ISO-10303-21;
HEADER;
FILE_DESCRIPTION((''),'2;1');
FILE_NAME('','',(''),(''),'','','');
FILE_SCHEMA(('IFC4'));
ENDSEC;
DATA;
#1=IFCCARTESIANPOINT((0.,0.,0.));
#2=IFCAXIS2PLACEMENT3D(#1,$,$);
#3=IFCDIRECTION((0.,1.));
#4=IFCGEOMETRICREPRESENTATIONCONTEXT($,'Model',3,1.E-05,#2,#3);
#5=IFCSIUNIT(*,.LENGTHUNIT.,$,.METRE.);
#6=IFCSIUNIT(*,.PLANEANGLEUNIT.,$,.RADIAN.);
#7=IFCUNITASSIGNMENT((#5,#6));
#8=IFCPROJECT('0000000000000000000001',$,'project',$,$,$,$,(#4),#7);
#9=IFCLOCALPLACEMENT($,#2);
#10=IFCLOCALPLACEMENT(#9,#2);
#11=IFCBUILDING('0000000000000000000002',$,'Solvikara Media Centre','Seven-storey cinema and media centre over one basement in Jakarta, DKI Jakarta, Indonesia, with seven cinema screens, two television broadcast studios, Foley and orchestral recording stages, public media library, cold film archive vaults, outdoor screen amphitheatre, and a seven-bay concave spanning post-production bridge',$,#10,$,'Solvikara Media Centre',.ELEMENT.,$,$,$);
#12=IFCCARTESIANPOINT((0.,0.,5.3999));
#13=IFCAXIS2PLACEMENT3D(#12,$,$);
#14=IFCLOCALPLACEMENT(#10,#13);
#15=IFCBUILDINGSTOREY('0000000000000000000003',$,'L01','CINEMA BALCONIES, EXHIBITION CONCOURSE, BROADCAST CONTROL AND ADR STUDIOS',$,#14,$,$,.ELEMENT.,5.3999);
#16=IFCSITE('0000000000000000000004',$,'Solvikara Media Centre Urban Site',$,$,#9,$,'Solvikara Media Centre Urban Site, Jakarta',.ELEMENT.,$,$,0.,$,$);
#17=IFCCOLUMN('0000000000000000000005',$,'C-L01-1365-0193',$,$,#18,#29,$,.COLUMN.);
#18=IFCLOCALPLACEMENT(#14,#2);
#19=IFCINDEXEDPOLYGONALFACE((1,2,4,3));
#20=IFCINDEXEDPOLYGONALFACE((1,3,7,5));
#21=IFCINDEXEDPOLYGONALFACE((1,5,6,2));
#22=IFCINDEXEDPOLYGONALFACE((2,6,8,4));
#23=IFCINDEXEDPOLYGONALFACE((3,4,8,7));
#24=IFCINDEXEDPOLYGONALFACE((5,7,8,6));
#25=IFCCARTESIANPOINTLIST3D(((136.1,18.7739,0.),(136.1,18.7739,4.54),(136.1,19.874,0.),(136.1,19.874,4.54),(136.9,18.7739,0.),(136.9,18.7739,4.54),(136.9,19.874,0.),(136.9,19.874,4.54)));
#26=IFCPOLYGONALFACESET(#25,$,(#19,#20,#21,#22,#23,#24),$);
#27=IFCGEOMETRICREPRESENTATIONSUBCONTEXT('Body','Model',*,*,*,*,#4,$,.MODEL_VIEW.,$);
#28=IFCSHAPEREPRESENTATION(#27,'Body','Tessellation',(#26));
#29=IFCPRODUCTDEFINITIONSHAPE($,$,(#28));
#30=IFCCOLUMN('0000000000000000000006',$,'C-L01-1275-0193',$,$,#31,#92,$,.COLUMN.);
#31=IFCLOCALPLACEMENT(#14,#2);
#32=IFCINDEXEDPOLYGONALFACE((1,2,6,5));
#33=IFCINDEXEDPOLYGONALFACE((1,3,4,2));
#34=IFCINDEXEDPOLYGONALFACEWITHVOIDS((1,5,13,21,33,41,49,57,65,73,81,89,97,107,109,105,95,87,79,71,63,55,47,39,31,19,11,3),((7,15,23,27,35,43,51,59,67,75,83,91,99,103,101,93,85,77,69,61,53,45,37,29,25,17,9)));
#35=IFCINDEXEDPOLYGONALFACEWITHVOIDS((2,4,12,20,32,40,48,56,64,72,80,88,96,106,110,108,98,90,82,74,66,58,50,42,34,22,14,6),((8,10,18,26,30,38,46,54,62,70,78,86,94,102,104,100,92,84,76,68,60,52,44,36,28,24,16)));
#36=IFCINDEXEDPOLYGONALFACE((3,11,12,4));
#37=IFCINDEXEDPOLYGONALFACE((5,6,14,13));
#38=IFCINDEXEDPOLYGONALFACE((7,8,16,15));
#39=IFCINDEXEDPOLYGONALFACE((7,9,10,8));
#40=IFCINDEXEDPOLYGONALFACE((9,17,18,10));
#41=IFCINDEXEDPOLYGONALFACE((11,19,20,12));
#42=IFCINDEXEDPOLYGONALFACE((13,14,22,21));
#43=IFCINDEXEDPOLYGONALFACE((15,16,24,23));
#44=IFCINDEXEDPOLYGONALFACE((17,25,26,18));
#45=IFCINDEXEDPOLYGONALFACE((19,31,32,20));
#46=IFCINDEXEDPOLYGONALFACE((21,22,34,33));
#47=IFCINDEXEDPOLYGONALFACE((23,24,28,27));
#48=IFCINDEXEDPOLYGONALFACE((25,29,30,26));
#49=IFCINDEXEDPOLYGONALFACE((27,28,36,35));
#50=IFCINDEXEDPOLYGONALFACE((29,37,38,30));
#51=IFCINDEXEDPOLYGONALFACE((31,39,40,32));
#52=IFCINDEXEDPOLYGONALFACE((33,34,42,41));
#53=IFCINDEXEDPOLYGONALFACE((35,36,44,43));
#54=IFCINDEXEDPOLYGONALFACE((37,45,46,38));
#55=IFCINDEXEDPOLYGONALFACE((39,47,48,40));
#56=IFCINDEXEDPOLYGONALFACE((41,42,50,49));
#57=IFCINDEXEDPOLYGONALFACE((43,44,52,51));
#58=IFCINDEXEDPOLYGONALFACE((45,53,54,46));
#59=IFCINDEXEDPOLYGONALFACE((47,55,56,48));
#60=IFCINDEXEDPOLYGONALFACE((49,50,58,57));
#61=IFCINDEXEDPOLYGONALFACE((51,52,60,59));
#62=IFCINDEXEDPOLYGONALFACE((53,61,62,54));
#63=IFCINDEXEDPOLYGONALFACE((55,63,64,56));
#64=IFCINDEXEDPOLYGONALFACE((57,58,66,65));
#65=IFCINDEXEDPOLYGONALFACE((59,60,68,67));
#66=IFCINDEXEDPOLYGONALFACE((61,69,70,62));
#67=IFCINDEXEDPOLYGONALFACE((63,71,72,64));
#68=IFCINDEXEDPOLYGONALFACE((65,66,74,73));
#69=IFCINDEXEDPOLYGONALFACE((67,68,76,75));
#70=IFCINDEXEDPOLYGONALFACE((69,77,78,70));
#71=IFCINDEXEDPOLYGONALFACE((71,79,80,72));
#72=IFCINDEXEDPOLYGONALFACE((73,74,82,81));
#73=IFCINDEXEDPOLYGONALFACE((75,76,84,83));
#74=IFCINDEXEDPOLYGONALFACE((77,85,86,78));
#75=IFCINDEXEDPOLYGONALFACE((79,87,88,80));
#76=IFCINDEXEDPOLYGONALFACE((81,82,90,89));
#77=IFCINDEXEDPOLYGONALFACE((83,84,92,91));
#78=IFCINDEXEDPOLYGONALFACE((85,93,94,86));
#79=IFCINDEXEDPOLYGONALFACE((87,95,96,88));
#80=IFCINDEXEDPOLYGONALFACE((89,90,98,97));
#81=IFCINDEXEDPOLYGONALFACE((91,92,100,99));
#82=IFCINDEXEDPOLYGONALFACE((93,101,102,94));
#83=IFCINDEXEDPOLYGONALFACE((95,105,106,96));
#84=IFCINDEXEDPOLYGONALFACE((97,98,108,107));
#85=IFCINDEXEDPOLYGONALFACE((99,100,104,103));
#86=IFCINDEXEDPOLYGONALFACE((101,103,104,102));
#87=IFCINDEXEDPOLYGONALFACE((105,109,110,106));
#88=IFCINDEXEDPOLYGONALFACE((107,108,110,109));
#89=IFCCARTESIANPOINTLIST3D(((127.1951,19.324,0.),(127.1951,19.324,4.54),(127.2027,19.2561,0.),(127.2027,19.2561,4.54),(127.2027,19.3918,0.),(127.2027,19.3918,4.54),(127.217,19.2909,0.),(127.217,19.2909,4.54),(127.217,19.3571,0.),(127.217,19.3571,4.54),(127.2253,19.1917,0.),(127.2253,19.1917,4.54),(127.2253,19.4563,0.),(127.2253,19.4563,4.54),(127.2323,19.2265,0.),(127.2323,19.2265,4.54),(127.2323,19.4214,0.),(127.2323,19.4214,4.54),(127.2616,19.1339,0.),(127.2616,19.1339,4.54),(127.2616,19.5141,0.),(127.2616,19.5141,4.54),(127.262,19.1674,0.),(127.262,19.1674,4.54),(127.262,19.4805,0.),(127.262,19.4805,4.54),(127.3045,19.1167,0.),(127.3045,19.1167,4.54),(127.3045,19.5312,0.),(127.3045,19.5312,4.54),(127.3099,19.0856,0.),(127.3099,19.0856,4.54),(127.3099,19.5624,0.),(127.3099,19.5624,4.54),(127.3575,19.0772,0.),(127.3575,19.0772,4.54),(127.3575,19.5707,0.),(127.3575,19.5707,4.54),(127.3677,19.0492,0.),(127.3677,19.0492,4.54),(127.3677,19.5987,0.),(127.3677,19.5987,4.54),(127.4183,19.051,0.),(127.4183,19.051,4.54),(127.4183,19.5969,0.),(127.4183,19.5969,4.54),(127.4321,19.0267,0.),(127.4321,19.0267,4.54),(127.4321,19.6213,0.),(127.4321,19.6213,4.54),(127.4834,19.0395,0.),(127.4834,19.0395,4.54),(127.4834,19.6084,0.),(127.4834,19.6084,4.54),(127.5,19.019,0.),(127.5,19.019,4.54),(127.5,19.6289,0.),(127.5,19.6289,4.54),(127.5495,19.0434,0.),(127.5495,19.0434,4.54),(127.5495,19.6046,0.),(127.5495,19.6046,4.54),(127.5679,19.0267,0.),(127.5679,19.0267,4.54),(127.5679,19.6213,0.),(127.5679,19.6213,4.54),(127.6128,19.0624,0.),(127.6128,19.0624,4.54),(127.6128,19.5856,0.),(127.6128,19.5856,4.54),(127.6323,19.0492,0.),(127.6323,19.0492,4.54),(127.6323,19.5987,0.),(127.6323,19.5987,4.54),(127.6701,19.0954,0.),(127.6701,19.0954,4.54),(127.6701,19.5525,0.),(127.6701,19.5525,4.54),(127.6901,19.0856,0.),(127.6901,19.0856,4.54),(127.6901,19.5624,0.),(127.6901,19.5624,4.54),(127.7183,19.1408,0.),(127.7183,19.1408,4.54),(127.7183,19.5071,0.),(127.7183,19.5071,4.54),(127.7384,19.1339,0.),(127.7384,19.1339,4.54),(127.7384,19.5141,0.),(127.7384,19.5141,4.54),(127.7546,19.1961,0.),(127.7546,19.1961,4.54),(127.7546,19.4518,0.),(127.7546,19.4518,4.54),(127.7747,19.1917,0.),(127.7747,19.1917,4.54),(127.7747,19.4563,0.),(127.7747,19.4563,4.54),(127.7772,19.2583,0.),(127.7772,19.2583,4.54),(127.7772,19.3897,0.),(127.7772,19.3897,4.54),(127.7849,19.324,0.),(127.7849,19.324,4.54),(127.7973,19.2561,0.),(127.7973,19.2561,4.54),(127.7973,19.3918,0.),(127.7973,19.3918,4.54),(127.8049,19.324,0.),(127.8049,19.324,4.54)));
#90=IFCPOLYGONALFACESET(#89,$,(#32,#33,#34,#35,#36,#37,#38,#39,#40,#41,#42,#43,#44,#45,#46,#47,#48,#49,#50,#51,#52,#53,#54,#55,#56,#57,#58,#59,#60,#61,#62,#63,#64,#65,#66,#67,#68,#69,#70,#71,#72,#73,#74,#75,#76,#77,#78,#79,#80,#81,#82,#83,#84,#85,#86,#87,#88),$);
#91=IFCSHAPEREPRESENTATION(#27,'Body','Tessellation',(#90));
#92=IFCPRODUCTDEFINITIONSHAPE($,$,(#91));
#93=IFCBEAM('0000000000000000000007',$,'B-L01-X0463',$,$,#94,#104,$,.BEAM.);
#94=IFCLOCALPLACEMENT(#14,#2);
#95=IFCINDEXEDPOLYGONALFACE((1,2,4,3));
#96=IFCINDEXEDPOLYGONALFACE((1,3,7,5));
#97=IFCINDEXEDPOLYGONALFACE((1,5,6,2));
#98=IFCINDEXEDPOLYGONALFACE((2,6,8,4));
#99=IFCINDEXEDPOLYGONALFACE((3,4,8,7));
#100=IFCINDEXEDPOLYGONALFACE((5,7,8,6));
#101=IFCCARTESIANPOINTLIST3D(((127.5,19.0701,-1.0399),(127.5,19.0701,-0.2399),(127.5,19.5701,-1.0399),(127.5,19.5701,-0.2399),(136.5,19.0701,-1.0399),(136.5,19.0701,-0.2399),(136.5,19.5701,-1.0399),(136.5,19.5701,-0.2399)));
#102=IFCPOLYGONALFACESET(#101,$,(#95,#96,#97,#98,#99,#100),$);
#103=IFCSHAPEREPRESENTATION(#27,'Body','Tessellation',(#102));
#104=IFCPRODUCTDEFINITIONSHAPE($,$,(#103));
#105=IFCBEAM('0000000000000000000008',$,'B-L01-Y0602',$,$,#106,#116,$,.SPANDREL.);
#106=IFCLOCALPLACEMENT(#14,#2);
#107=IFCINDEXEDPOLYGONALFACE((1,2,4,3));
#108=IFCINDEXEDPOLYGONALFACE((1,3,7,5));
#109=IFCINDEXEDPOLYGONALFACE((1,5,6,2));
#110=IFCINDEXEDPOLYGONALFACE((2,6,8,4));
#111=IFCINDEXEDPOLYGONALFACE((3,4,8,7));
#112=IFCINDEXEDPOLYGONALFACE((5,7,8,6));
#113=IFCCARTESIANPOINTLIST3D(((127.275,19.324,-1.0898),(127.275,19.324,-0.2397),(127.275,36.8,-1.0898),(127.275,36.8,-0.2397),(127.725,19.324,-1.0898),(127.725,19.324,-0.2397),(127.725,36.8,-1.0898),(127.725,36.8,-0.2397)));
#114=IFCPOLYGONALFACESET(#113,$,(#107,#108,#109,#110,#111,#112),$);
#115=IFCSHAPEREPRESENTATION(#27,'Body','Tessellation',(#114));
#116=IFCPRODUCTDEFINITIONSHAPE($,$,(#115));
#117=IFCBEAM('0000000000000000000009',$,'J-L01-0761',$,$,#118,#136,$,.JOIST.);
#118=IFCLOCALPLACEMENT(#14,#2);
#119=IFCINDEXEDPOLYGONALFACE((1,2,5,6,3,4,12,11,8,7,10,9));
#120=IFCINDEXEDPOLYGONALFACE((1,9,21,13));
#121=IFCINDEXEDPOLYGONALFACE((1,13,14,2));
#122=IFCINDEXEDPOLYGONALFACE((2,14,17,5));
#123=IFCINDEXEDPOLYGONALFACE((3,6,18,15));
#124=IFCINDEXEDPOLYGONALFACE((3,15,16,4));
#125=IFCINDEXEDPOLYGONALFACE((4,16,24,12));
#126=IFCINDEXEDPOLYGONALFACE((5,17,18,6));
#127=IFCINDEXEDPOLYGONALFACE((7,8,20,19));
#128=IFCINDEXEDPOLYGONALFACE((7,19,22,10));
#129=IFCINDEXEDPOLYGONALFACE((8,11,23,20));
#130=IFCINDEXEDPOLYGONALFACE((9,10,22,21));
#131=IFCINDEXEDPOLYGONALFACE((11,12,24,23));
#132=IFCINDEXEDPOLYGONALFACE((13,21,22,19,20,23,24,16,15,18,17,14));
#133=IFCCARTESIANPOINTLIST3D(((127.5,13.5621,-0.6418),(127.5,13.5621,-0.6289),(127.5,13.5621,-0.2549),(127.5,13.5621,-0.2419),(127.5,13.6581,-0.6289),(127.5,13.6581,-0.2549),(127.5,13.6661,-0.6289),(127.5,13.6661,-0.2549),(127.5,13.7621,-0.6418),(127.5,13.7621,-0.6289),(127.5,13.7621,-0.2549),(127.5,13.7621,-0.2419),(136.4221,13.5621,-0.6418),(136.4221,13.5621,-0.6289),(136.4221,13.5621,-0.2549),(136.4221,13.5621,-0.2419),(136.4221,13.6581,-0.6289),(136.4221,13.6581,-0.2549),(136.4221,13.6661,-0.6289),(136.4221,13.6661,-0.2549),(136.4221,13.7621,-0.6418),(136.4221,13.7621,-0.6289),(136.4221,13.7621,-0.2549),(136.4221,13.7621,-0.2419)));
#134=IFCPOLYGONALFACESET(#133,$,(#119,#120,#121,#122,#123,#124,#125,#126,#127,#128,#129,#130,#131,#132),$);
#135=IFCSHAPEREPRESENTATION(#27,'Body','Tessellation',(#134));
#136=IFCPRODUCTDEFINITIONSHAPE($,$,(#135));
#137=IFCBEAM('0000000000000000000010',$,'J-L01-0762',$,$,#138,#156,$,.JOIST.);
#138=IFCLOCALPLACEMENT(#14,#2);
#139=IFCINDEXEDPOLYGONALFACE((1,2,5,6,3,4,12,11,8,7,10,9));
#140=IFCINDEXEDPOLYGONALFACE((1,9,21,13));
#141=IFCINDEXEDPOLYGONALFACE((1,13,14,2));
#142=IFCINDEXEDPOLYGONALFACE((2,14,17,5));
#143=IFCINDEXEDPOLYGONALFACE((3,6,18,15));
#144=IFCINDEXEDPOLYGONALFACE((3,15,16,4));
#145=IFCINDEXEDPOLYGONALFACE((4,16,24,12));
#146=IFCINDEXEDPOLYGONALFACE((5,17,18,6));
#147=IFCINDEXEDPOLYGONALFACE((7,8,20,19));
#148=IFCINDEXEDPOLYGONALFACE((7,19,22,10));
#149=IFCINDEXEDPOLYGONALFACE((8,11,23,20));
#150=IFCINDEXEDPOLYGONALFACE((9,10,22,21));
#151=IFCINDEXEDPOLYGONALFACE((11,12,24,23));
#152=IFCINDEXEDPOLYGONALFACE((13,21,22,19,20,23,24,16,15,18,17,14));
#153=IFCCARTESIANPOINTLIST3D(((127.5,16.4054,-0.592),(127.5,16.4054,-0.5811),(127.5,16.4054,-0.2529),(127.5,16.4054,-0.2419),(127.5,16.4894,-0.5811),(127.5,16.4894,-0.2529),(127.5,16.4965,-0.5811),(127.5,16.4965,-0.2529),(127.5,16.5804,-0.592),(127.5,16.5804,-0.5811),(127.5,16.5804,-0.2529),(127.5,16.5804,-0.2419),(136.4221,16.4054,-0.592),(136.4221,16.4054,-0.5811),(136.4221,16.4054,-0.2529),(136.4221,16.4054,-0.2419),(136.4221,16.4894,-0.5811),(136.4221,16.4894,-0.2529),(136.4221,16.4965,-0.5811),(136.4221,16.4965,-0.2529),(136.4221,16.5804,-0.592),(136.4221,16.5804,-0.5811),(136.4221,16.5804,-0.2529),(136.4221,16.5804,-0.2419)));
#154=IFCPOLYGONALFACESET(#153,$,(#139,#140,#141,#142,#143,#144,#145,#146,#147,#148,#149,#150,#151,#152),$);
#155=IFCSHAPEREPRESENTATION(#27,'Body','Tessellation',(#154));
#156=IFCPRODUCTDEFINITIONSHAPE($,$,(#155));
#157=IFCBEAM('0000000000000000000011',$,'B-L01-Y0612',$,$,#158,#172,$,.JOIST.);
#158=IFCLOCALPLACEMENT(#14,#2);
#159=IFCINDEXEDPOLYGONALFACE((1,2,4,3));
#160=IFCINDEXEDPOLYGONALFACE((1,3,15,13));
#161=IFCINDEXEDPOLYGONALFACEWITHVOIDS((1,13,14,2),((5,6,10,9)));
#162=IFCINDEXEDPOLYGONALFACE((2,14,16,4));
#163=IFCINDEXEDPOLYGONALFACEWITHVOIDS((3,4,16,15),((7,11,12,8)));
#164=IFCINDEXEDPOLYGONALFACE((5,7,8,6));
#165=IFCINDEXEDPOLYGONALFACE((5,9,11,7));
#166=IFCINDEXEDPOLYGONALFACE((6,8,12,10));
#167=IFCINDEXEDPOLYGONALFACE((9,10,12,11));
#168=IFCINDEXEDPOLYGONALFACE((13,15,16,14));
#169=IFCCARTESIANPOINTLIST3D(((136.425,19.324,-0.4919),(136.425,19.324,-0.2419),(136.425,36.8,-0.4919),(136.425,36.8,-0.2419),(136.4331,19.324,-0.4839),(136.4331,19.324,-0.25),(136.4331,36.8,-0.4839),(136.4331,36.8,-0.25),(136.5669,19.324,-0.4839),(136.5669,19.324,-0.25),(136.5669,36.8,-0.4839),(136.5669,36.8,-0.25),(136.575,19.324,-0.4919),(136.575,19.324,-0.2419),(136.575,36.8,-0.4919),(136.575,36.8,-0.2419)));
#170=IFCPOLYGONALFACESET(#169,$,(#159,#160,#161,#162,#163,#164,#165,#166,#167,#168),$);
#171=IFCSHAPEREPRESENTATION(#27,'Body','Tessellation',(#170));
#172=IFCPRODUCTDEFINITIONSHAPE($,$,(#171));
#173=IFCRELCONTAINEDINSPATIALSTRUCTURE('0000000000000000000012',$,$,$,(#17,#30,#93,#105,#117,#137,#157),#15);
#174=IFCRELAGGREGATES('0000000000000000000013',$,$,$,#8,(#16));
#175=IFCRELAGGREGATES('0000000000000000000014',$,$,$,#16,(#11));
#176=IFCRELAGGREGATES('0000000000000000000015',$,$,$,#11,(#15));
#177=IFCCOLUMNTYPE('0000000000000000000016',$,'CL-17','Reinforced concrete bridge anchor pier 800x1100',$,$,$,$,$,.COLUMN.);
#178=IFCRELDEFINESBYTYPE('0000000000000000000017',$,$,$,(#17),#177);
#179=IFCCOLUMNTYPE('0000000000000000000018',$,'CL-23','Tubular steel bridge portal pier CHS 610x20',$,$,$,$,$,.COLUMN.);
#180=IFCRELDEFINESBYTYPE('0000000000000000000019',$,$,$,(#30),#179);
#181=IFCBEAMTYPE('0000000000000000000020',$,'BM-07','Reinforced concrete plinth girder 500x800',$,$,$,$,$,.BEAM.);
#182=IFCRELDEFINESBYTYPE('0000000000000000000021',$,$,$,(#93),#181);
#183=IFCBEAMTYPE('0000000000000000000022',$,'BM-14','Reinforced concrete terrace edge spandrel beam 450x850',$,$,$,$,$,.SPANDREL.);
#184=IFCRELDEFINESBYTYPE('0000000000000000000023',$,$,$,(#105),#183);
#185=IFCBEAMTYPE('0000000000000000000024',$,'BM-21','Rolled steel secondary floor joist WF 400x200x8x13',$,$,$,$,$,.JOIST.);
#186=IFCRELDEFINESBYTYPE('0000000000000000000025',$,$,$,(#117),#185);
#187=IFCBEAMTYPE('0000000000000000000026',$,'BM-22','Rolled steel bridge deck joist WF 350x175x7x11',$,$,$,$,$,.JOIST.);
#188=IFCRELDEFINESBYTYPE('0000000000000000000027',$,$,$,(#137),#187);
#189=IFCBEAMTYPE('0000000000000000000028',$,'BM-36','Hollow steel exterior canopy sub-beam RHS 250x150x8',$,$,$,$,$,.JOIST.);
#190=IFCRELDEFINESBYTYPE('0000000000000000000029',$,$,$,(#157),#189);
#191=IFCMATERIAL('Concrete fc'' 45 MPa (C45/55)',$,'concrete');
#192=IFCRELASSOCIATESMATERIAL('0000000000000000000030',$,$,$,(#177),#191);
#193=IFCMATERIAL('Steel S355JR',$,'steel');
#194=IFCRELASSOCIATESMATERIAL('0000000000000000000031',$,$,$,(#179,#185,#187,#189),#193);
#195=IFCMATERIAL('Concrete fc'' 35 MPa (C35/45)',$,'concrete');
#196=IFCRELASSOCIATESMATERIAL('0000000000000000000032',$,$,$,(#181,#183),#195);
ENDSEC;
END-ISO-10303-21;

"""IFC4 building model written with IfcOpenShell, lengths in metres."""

from ifc_helpers import new_model, si_unit, direction, frame, origin, origin_2d, place, context, subcontext, project, spatial, rectangle, hollow_rectangle, hollow_circle, i_section, extrude, material, material_profile, profile_set, type_object, element, save


model = new_model("IFC4")

# Units and contexts
model_context = context("Model", 3, precision=1e-05, world=origin(), true_north=direction((0.0, 1.0)))
body_context = subcontext(model_context, "Body", "Model", "MODEL_VIEW")
ifc_project = project(units=[si_unit("LENGTHUNIT", "METRE"), si_unit("PLANEANGLEUNIT", "RADIAN")], contexts=[model_context])

# Site, building, storey
site_placement = place(None, origin())
site = spatial("IfcSite", under=ifc_project, at=site_placement, Name="Solvikara Media Centre Urban Site", LongName="Solvikara Media Centre Urban Site, Jakarta", CompositionType="ELEMENT", RefElevation=0.0)
building_placement = place(site_placement, origin())
building = spatial("IfcBuilding", under=site, at=building_placement, Name="Solvikara Media Centre", Description="Seven-storey cinema and media centre over one basement in Jakarta, DKI Jakarta, Indonesia, with seven cinema screens, two television broadcast studios, Foley and orchestral recording stages, public media library, cold film archive vaults, outdoor screen amphitheatre, and a seven-bay concave spanning post-production bridge", LongName="Solvikara Media Centre", CompositionType="ELEMENT")
storey_placement = place(building_placement, frame((0.0, 0.0, 5.3999)))
storey = spatial("IfcBuildingStorey", under=building, at=storey_placement, Name="L01", Description="CINEMA BALCONIES, EXHIBITION CONCOURSE, BROADCAST CONTROL AND ADR STUDIOS", CompositionType="ELEMENT", Elevation=5.3999)

# Columns
ifc_material_1 = material(Name="Concrete fc' 45 MPa (C45/55)", Category="concrete")
ifc_material_profile_1 = material_profile(ifc_material_1, rectangle(XDim=0.8, YDim=1.1001, at=origin_2d()), Name="RC 800x1100")
ifc_profile_set_1 = profile_set([ifc_material_profile_1], Name="Concrete fc' 45 MPa (C45/55)")
column_type_1 = type_object("IfcColumnType", Name="CL-17", Description="Reinforced concrete bridge anchor pier 800x1100", PredefinedType="COLUMN", material=ifc_profile_set_1)
column_1_placement = place(storey_placement, frame((136.5, 19.324, 0.0), z_axis=(0.0, 0.0, 1.0), x_axis=(1.0, 0.0, 0.0)))
element("IfcColumn", 1, at=column_1_placement, inside=storey, type_object=column_type_1, Name="C-L01-1365-0193", PredefinedType="COLUMN", context=body_context, shape_type="SweptSolid", body=[
    extrude(rectangle(XDim=0.8, YDim=1.1001, at=origin_2d()), origin(), (0.0, 0.0, 1.0), 4.54),
])
ifc_material_2 = material(Name="Steel S355JR", Category="steel")
ifc_material_profile_2 = material_profile(ifc_material_2, hollow_circle(Radius=0.3049, WallThickness=0.02, at=origin_2d()), Name="CHS 610x20")
ifc_profile_set_2 = profile_set([ifc_material_profile_2], Name="Steel S355JR")
column_type_2 = type_object("IfcColumnType", Name="CL-23", Description="Tubular steel bridge portal pier CHS 610x20", PredefinedType="COLUMN", material=ifc_profile_set_2)
column_2_placement = place(storey_placement, frame((127.5, 19.324, 0.0), z_axis=(0.0, 0.0, 1.0), x_axis=(1.0, 0.0, 0.0)))
element("IfcColumn", 2, at=column_2_placement, inside=storey, type_object=column_type_2, Name="C-L01-1275-0193", PredefinedType="COLUMN", context=body_context, shape_type="SweptSolid", body=[
    extrude(hollow_circle(Radius=0.3049, WallThickness=0.02, at=origin_2d()), origin(), (0.0, 0.0, 1.0), 4.54),
])

# Beams
ifc_material_3 = material(Name="Concrete fc' 35 MPa (C35/45)", Category="concrete")
ifc_material_profile_3 = material_profile(ifc_material_3, rectangle(XDim=0.5, YDim=0.8, at=origin_2d()), Name="RC 500x800")
ifc_profile_set_3 = profile_set([ifc_material_profile_3], Name="Concrete fc' 35 MPa (C35/45)")
beam_type_1 = type_object("IfcBeamType", Name="BM-07", Description="Reinforced concrete plinth girder 500x800", PredefinedType="BEAM", material=ifc_profile_set_3)
beam_1_placement = place(storey_placement, frame((127.5, 19.3201, -0.6399), z_axis=(1.0, 0.0, 0.0), x_axis=(0.0, 1.0, 0.0)))
element("IfcBeam", 3, at=beam_1_placement, inside=storey, type_object=beam_type_1, Name="B-L01-X0463", PredefinedType="BEAM", context=body_context, shape_type="SweptSolid", body=[
    extrude(rectangle(XDim=0.5, YDim=0.8, at=origin_2d()), origin(), (0.0, 0.0, 1.0), 9.0),
])
ifc_material_profile_4 = material_profile(ifc_material_3, rectangle(XDim=0.45, YDim=0.8501, at=origin_2d()), Name="RC 450x850")
ifc_profile_set_4 = profile_set([ifc_material_profile_4], Name="Concrete fc' 35 MPa (C35/45)")
beam_type_2 = type_object("IfcBeamType", Name="BM-14", Description="Reinforced concrete terrace edge spandrel beam 450x850", PredefinedType="SPANDREL", material=ifc_profile_set_4)
beam_2_placement = place(storey_placement, frame((127.5, 19.324, -0.6648), z_axis=(0.0, 1.0, 0.0), x_axis=(-1.0, 0.0, 0.0)))
element("IfcBeam", 4, at=beam_2_placement, inside=storey, type_object=beam_type_2, Name="B-L01-Y0602", PredefinedType="SPANDREL", context=body_context, shape_type="SweptSolid", body=[
    extrude(rectangle(XDim=0.45, YDim=0.8501, at=origin_2d()), origin(), (0.0, 0.0, 1.0), 17.4761),
])
ifc_material_profile_5 = material_profile(ifc_material_2, i_section(OverallWidth=0.2, OverallDepth=0.3999, WebThickness=0.0081, FlangeThickness=0.0129, at=origin_2d()), Name="WF 400x200x8x13")
ifc_profile_set_5 = profile_set([ifc_material_profile_5], Name="Steel S355JR")
beam_type_3 = type_object("IfcBeamType", Name="BM-21", Description="Rolled steel secondary floor joist WF 400x200x8x13", PredefinedType="JOIST", material=ifc_profile_set_5)
beam_3_placement = place(storey_placement, frame((127.5, 13.6621, -0.4419), z_axis=(1.0, 0.0, 0.0), x_axis=(0.0, 1.0, 0.0)))
element("IfcBeam", 5, at=beam_3_placement, inside=storey, type_object=beam_type_3, Name="J-L01-0761", PredefinedType="JOIST", context=body_context, shape_type="SweptSolid", body=[
    extrude(i_section(OverallWidth=0.2, OverallDepth=0.3999, WebThickness=0.0081, FlangeThickness=0.0129, at=origin_2d()), origin(), (0.0, 0.0, 1.0), 8.9221),
])
ifc_material_profile_6 = material_profile(ifc_material_2, i_section(OverallWidth=0.175, OverallDepth=0.3501, WebThickness=0.0071, FlangeThickness=0.011, at=origin_2d()), Name="WF 350x175x7x11")
ifc_profile_set_6 = profile_set([ifc_material_profile_6], Name="Steel S355JR")
beam_type_4 = type_object("IfcBeamType", Name="BM-22", Description="Rolled steel bridge deck joist WF 350x175x7x11", PredefinedType="JOIST", material=ifc_profile_set_6)
beam_4_placement = place(storey_placement, frame((127.5, 16.4929, -0.417), z_axis=(1.0, 0.0, 0.0), x_axis=(0.0, 1.0, 0.0)))
element("IfcBeam", 6, at=beam_4_placement, inside=storey, type_object=beam_type_4, Name="J-L01-0762", PredefinedType="JOIST", context=body_context, shape_type="SweptSolid", body=[
    extrude(i_section(OverallWidth=0.175, OverallDepth=0.3501, WebThickness=0.0071, FlangeThickness=0.011, at=origin_2d()), origin(), (0.0, 0.0, 1.0), 8.9221),
])
ifc_material_profile_7 = material_profile(ifc_material_2, hollow_rectangle(XDim=0.1499, YDim=0.25, WallThickness=0.0081, at=origin_2d()), Name="RHS 250x150x8")
ifc_profile_set_7 = profile_set([ifc_material_profile_7], Name="Steel S355JR")
beam_type_5 = type_object("IfcBeamType", Name="BM-36", Description="Hollow steel exterior canopy sub-beam RHS 250x150x8", PredefinedType="JOIST", material=ifc_profile_set_7)
beam_5_placement = place(storey_placement, frame((136.5, 19.324, -0.3669), z_axis=(0.0, 1.0, 0.0), x_axis=(-1.0, 0.0, 0.0)))
element("IfcBeam", 7, at=beam_5_placement, inside=storey, type_object=beam_type_5, Name="B-L01-Y0612", PredefinedType="JOIST", context=body_context, shape_type="SweptSolid", body=[
    extrude(hollow_rectangle(XDim=0.1499, YDim=0.25, WallThickness=0.0081, at=origin_2d()), origin(), (0.0, 0.0, 1.0), 17.4761),
])

save(model, "model.ifc")
